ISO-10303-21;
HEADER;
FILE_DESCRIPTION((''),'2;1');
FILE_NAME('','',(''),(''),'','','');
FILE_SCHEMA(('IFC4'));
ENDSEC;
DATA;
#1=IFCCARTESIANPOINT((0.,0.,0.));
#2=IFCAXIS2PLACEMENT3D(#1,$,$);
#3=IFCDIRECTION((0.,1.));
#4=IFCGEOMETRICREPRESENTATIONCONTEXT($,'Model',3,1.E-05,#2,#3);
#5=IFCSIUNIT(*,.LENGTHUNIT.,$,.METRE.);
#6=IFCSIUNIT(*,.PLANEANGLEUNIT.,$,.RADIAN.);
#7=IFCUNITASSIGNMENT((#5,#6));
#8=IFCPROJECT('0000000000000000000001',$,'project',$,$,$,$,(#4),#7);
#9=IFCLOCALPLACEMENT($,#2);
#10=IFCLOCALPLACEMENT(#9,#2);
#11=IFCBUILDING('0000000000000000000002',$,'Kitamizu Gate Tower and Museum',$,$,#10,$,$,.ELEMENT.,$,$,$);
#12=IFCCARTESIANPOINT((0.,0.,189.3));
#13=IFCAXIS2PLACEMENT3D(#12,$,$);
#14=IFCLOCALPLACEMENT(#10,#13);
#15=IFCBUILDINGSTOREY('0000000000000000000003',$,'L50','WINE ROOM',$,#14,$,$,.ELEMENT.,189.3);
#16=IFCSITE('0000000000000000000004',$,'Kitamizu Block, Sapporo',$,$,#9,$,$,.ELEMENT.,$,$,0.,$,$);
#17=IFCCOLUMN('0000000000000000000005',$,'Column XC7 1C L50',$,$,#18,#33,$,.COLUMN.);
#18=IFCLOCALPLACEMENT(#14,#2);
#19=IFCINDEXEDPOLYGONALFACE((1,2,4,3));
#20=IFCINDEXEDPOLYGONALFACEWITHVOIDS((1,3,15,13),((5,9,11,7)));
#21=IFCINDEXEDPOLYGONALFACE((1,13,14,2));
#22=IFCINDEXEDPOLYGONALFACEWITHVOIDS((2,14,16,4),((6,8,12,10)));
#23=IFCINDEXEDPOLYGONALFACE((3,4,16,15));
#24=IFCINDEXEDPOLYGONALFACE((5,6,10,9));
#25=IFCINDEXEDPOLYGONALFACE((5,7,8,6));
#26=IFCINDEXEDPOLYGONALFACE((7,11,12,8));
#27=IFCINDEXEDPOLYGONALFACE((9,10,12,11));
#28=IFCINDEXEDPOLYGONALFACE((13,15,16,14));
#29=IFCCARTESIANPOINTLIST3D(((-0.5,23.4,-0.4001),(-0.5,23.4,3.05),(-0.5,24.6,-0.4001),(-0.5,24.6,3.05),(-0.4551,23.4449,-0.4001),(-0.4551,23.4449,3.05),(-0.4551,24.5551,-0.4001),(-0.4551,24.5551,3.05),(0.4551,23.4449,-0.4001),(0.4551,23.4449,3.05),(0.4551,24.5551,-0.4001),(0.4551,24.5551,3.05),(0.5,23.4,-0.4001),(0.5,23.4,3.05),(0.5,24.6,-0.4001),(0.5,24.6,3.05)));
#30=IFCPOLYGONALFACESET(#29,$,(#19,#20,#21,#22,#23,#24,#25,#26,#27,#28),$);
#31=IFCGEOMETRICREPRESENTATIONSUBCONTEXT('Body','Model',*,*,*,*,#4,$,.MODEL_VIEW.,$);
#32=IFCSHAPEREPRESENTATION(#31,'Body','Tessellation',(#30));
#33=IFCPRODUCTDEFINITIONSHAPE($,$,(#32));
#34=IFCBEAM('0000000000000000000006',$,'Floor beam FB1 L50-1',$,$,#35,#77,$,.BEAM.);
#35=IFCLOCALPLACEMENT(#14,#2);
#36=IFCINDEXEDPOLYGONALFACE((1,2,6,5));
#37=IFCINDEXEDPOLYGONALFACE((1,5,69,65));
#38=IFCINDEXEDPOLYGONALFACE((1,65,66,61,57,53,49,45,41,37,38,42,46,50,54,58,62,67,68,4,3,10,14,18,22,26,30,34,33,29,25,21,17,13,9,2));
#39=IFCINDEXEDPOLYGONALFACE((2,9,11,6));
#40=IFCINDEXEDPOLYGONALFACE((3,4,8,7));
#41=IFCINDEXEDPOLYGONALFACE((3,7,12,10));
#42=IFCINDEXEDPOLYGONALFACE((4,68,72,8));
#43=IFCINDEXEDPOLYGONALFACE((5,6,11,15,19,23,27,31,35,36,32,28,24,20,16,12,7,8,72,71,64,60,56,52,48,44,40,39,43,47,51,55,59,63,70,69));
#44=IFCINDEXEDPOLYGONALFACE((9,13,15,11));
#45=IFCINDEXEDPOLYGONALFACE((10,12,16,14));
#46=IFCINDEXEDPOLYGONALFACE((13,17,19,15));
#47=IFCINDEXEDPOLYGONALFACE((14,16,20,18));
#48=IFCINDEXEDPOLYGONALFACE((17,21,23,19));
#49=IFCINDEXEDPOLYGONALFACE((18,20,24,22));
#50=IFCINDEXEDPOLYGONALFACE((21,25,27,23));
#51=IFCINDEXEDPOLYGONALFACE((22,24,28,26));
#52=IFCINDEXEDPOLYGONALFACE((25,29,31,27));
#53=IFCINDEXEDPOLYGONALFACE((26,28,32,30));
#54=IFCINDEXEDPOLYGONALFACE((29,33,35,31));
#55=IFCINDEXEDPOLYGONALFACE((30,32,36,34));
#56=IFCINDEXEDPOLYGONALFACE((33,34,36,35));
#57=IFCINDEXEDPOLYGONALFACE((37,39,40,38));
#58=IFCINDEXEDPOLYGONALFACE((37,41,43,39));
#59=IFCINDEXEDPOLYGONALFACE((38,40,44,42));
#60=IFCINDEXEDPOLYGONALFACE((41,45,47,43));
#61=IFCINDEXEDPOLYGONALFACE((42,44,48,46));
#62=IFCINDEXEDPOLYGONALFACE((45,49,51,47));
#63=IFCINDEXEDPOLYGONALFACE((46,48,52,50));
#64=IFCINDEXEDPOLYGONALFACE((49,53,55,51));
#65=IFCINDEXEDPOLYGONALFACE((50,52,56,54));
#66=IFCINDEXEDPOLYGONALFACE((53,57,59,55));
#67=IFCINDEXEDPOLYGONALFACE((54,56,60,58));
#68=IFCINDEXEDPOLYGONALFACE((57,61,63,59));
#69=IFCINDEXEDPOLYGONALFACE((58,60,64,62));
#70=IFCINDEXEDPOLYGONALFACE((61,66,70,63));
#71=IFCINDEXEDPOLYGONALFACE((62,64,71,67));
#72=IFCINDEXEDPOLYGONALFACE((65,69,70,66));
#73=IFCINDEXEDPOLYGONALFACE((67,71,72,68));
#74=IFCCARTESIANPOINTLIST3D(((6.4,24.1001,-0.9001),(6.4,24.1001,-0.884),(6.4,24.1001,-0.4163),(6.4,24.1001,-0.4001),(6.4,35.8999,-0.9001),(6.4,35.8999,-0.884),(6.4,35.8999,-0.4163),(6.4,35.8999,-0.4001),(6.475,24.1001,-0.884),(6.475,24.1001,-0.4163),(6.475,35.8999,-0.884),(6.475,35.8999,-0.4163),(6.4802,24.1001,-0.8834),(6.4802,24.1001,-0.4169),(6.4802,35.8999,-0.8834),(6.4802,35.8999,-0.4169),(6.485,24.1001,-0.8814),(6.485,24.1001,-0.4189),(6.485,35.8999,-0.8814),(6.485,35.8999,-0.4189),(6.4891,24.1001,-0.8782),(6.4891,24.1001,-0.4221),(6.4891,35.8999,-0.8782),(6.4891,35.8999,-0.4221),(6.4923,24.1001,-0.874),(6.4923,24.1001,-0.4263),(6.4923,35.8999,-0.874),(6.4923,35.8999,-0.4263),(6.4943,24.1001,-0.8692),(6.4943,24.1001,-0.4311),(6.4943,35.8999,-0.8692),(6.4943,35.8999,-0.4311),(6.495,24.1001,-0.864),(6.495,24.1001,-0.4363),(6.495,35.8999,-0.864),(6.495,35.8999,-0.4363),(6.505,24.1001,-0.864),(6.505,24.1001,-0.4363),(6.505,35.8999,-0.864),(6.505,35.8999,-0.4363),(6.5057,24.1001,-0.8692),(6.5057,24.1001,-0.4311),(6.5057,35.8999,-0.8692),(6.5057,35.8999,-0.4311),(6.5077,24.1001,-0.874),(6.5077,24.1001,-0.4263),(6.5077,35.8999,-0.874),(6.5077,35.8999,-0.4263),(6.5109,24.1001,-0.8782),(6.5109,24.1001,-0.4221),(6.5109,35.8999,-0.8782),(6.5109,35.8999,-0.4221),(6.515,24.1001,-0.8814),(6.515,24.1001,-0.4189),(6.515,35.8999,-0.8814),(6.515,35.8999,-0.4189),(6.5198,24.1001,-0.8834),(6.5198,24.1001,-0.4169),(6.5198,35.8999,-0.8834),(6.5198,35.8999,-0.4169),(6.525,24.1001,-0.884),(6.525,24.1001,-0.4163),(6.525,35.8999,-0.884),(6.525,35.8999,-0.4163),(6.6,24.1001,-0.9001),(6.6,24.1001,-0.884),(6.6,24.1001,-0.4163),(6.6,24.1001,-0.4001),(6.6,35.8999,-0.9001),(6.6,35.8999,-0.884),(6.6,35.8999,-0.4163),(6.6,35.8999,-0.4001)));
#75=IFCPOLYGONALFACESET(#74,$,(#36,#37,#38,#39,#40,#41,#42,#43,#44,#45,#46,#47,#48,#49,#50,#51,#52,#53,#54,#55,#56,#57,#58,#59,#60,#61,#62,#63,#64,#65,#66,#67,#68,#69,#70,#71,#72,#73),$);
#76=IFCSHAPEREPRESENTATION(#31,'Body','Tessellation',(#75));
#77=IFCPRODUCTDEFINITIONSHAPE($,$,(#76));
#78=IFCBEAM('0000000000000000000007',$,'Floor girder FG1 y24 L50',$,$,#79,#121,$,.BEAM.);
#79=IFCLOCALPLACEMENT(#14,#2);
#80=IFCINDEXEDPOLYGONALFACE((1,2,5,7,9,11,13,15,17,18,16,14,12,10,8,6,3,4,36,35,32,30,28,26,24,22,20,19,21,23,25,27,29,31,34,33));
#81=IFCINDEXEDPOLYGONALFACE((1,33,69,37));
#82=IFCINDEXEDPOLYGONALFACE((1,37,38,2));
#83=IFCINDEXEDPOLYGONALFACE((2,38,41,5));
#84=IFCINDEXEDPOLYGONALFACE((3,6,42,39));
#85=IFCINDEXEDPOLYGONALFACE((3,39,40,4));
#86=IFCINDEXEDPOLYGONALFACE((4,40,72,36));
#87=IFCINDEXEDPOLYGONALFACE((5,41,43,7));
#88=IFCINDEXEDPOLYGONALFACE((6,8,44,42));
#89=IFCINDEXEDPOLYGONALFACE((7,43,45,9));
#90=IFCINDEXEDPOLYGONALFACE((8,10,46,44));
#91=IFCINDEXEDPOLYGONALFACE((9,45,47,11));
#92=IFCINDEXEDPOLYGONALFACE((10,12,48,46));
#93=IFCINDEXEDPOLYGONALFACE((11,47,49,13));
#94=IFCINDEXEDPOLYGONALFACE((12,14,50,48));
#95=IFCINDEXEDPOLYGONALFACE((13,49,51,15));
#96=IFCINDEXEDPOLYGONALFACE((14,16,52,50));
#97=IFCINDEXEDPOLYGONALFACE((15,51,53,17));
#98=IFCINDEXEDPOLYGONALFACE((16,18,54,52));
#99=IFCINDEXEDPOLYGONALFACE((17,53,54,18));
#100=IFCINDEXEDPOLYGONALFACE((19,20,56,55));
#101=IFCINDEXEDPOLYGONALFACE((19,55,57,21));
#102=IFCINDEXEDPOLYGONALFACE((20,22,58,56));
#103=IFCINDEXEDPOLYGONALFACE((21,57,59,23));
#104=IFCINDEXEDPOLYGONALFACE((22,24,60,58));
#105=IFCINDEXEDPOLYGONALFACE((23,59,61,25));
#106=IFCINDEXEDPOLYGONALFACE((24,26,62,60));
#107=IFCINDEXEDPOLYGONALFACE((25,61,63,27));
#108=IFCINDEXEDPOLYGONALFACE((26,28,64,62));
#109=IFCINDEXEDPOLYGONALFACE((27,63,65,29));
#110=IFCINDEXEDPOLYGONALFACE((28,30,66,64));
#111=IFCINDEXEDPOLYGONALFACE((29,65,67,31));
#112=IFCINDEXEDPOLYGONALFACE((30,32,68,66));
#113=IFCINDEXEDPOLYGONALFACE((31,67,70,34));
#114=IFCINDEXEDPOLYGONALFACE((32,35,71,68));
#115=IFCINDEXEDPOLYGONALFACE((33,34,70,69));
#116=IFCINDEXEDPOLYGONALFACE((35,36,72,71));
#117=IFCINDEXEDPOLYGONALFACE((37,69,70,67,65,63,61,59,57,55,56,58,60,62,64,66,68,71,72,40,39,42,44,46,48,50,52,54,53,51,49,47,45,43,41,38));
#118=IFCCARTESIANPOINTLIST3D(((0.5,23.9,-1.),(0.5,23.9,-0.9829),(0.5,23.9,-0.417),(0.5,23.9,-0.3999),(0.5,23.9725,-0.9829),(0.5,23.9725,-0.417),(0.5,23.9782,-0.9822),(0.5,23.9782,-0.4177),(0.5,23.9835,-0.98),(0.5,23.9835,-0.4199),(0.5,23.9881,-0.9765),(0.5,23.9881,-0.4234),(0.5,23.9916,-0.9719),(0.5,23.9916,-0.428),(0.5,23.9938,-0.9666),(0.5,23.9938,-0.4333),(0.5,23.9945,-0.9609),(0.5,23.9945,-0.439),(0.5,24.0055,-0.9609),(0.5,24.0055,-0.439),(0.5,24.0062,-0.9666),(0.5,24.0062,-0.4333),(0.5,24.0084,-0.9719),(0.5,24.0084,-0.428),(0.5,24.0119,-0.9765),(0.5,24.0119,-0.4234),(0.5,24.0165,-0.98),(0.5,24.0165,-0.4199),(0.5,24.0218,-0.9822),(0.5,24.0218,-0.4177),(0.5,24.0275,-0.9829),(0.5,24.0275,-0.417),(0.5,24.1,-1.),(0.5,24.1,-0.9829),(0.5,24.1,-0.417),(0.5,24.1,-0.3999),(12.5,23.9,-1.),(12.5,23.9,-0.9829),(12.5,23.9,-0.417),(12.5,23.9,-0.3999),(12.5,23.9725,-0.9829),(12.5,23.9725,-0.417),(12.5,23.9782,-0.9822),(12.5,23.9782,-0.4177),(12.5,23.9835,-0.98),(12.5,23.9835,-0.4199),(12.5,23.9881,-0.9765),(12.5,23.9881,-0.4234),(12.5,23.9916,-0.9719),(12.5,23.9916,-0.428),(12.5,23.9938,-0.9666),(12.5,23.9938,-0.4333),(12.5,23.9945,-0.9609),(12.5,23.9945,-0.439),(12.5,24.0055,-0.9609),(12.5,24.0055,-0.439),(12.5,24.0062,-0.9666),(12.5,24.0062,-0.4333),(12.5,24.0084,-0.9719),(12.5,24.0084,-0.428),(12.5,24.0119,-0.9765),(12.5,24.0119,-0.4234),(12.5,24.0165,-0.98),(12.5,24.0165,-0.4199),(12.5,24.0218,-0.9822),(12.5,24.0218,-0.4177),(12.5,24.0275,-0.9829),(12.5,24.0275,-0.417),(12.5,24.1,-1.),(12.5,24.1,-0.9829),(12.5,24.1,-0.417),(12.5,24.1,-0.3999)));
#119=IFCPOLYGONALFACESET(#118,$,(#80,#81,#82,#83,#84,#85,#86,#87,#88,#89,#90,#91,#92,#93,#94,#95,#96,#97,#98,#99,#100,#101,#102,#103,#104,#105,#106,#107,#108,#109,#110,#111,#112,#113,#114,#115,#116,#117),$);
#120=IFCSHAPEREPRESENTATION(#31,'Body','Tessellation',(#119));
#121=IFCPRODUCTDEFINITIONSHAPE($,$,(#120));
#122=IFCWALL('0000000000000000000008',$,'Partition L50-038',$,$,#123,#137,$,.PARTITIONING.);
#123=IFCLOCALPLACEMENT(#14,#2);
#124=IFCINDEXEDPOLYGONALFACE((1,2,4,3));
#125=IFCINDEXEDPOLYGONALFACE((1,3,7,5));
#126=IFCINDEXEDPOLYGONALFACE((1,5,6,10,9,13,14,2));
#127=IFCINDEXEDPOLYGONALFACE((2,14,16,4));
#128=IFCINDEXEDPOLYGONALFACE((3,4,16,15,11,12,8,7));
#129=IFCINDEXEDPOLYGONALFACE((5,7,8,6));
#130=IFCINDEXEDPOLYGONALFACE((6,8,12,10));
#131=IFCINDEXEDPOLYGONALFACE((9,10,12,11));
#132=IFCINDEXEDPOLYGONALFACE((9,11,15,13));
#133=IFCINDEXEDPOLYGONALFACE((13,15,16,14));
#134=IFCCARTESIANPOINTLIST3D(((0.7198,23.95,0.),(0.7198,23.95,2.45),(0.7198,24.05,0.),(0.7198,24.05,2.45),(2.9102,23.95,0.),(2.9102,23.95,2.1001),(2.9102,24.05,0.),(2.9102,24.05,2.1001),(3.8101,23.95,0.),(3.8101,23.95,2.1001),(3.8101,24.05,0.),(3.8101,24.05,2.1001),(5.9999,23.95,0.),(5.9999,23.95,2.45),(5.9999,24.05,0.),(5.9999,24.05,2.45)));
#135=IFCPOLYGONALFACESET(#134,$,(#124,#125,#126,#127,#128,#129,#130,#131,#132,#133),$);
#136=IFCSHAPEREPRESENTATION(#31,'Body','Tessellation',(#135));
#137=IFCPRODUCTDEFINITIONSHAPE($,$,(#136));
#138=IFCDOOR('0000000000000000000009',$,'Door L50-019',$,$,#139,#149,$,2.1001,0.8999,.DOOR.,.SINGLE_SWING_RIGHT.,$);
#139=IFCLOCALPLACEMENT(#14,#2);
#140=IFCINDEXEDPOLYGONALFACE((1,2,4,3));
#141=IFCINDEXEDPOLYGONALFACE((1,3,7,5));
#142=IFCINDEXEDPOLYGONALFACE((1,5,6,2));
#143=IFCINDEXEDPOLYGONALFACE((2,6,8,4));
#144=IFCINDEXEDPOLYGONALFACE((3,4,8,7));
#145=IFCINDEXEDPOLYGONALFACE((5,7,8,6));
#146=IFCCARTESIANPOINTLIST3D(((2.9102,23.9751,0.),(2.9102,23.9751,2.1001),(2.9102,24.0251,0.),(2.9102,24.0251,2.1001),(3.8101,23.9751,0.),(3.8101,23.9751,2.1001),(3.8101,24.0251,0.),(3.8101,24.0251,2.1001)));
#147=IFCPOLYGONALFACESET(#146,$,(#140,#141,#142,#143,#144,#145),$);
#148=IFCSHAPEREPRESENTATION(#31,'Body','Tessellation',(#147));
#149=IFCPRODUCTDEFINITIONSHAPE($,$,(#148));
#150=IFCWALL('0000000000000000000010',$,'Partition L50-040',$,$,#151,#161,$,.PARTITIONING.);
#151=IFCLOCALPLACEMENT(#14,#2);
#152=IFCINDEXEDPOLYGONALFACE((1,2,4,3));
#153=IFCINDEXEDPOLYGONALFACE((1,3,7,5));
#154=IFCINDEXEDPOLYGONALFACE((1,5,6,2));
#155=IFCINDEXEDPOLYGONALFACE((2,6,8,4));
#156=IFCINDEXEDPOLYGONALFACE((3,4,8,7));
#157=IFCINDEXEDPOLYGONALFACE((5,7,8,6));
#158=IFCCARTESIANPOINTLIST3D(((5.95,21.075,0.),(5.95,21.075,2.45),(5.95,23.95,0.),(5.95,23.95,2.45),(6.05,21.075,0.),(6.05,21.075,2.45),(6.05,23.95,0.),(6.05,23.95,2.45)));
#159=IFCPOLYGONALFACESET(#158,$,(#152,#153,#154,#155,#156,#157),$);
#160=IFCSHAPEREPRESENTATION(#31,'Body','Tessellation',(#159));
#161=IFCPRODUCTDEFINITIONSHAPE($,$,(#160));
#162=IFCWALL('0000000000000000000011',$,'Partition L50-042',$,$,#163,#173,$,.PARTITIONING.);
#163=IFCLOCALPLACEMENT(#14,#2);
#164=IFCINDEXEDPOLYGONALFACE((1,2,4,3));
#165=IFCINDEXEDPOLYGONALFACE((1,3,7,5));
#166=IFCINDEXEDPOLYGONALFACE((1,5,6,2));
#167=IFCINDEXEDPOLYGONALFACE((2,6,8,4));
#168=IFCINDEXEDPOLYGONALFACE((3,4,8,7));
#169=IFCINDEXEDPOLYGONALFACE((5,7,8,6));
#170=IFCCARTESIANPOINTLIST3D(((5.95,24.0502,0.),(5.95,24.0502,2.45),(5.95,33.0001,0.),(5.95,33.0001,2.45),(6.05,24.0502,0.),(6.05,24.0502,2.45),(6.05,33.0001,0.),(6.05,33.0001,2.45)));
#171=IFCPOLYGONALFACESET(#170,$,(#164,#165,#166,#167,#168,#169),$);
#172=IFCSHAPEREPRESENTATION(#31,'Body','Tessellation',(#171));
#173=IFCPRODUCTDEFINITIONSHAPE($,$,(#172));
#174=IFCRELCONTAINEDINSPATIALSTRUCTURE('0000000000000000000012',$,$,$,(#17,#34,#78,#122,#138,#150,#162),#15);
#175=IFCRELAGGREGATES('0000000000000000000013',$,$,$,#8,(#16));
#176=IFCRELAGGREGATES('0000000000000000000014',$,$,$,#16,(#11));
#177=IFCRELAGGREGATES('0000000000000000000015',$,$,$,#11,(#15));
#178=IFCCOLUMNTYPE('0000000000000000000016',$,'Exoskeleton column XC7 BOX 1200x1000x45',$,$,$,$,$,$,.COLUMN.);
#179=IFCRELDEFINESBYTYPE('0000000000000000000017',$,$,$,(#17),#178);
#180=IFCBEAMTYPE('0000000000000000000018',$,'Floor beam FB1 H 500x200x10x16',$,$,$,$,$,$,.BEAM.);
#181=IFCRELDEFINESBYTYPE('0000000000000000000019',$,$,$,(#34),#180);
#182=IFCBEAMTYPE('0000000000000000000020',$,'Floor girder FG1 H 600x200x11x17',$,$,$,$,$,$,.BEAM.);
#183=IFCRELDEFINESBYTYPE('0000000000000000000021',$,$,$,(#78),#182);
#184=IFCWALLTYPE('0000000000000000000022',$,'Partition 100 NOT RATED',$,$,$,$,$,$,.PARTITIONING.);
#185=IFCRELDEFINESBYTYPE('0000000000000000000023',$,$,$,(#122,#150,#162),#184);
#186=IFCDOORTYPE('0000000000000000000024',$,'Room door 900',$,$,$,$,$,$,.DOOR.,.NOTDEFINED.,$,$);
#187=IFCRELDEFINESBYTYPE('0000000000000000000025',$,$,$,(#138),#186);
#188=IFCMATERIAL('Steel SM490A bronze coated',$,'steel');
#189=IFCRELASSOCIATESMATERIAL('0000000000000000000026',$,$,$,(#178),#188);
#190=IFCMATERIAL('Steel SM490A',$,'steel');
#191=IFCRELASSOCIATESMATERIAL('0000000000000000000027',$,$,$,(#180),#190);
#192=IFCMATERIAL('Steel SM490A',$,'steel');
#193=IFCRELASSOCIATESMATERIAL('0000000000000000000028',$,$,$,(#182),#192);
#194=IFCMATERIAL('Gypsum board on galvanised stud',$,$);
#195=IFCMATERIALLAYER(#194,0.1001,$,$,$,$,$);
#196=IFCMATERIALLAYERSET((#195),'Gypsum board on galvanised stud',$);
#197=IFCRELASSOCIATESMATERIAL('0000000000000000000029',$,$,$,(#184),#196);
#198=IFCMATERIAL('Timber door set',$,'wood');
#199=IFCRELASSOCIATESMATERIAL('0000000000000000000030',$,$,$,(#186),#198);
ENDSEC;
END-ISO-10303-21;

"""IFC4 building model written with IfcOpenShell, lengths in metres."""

from ifc_helpers import new_model, si_unit, direction, frame, frame_2d, origin, origin_2d, place, context, subcontext, project, spatial, rectangle, hollow_rectangle, i_section, extrude, material, layer, layer_set, material_profile, profile_set, type_object, element, fill, save


model = new_model("IFC4")

# Units and contexts
model_context = context("Model", 3, precision=1e-05, world=origin(), true_north=direction((0.0, 1.0)))
body_context = subcontext(model_context, "Body", "Model", "MODEL_VIEW")
ifc_project = project(units=[si_unit("LENGTHUNIT", "METRE"), si_unit("PLANEANGLEUNIT", "RADIAN")], contexts=[model_context])

# Site, building, storey
site_placement = place(None, origin())
site = spatial("IfcSite", under=ifc_project, at=site_placement, Name="Kitamizu Block, Sapporo", CompositionType="ELEMENT", RefElevation=0.0)
building_placement = place(site_placement, origin())
building = spatial("IfcBuilding", under=site, at=building_placement, Name="Kitamizu Gate Tower and Museum", CompositionType="ELEMENT")
storey_placement = place(building_placement, frame((0.0, 0.0, 189.3)))
storey = spatial("IfcBuildingStorey", under=building, at=storey_placement, Name="L50", Description="WINE ROOM", CompositionType="ELEMENT", Elevation=189.3)

# Column
ifc_material_1 = material(Name="Steel SM490A bronze coated", Category="steel")
ifc_material_profile_1 = material_profile(ifc_material_1, hollow_rectangle(XDim=1.2, YDim=1.0, WallThickness=0.0449, at=origin_2d()), Name="BOX 1200x1000x45")
ifc_profile_set_1 = profile_set([ifc_material_profile_1], Name="Steel SM490A bronze coated")
column_type = type_object("IfcColumnType", Name="Exoskeleton column XC7 BOX 1200x1000x45", PredefinedType="COLUMN", material=ifc_profile_set_1)
column_placement = place(storey_placement, frame((0.0, 24.0, -0.4001), z_axis=(0.0, 0.0, 1.0), x_axis=(0.0, 1.0, 0.0)))
element("IfcColumn", 1, at=column_placement, inside=storey, type_object=column_type, Name="Column XC7 1C L50", PredefinedType="COLUMN", context=body_context, shape_type="SweptSolid", body=[
    extrude(hollow_rectangle(XDim=1.2, YDim=1.0, WallThickness=0.0449, at=origin_2d()), origin(), (0.0, 0.0, 1.0), 3.4502),
])

# Beams
ifc_material_2 = material(Name="Steel SM490A", Category="steel")
ifc_material_profile_2 = material_profile(ifc_material_2, i_section(OverallWidth=0.2, OverallDepth=0.5, WebThickness=0.01, FlangeThickness=0.0161, FilletRadius=0.02, at=origin_2d()), Name="H-500x200x10x16")
ifc_profile_set_2 = profile_set([ifc_material_profile_2], Name="Steel SM490A")
beam_type_1 = type_object("IfcBeamType", Name="Floor beam FB1 H 500x200x10x16", PredefinedType="BEAM", material=ifc_profile_set_2)
beam_1_placement = place(storey_placement, frame((6.5, 24.1001, -0.6501), z_axis=(0.0, 1.0, 0.0), x_axis=(-1.0, 0.0, 0.0)))
element("IfcBeam", 2, at=beam_1_placement, inside=storey, type_object=beam_type_1, Name="Floor beam FB1 L50-1", PredefinedType="BEAM", context=body_context, shape_type="SweptSolid", body=[
    extrude(i_section(OverallWidth=0.2, OverallDepth=0.5, WebThickness=0.01, FlangeThickness=0.0161, FilletRadius=0.02, at=origin_2d()), origin(), (0.0, 0.0, 1.0), 11.7998),
])
ifc_material_3 = material(Name="Steel SM490A", Category="steel")
ifc_material_profile_3 = material_profile(ifc_material_3, i_section(OverallWidth=0.2, OverallDepth=0.6001, WebThickness=0.011, FlangeThickness=0.0171, FilletRadius=0.022, at=origin_2d()), Name="H-600x200x11x17")
ifc_profile_set_3 = profile_set([ifc_material_profile_3], Name="Steel SM490A")
beam_type_2 = type_object("IfcBeamType", Name="Floor girder FG1 H 600x200x11x17", PredefinedType="BEAM", material=ifc_profile_set_3)
beam_2_placement = place(storey_placement, frame((0.5, 24.0, -0.7), z_axis=(1.0, 0.0, 0.0), x_axis=(0.0, 1.0, 0.0)))
element("IfcBeam", 3, at=beam_2_placement, inside=storey, type_object=beam_type_2, Name="Floor girder FG1 y24 L50", PredefinedType="BEAM", context=body_context, shape_type="SweptSolid", body=[
    extrude(i_section(OverallWidth=0.2, OverallDepth=0.6001, WebThickness=0.011, FlangeThickness=0.0171, FilletRadius=0.022, at=origin_2d()), origin(), (0.0, 0.0, 1.0), 12.0),
])

# Wall, opening, door
ifc_material_4 = material(Name="Gypsum board on galvanised stud")
ifc_layer_1 = layer(ifc_material_4, 0.1001)
ifc_layer_set_1 = layer_set([ifc_layer_1], Name="Gypsum board on galvanised stud")
wall_type_1 = type_object("IfcWallType", Name="Partition 100 NOT RATED", PredefinedType="PARTITIONING", material=ifc_layer_set_1)
wall_1_placement = place(storey_placement, frame((6.0, 24.0, 0.0), z_axis=(0.0, 0.0, 1.0), x_axis=(-1.0, 0.0, 0.0)))
wall_1 = element("IfcWall", 4, at=wall_1_placement, inside=storey, type_object=wall_type_1, Name="Partition L50-038", PredefinedType="PARTITIONING", context=body_context, shape_type="SweptSolid", body=[
    extrude(rectangle(XDim=5.28, YDim=0.1001, at=frame_2d((2.6401, 0.0))), origin(), (0.0, 0.0, 1.0), 2.45),
])
opening_1_placement = place(wall_1_placement, frame((2.1899, 0.0, 0.0)))
opening_1 = element("IfcOpeningElement", 5, at=opening_1_placement, cuts=wall_1, PredefinedType="OPENING", context=body_context, shape_type="SweptSolid", body=[
    extrude(rectangle(XDim=0.8999, YDim=2.1001, at=frame_2d((0.45, 1.05))), frame((0.0, 0.0601, 0.0), z_axis=(0.0, -1.0, 0.0), x_axis=(1.0, 0.0, 0.0)), (0.0, 0.0, 1.0), 0.1201),
])
ifc_material_5 = material(Name="Timber door set", Category="wood")
door_type_1 = type_object("IfcDoorType", Name="Room door 900", OperationType="NOTDEFINED", PredefinedType="DOOR", material=ifc_material_5)
door_1_placement = place(opening_1_placement, origin())
door_1 = element("IfcDoor", 6, at=door_1_placement, inside=storey, type_object=door_type_1, Name="Door L50-019", OperationType="SINGLE_SWING_RIGHT", OverallHeight=2.1001, OverallWidth=0.8999, PredefinedType="DOOR", context=body_context, shape_type="SweptSolid", body=[
    extrude(rectangle(XDim=0.8999, YDim=2.1001, at=frame_2d((0.45, 1.05))), frame((0.0, 0.0249, 0.0), z_axis=(0.0, -1.0, 0.0), x_axis=(1.0, 0.0, 0.0)), (0.0, 0.0, 1.0), 0.05),
])
fill(opening_1, door_1)

# Walls
wall_2_placement = place(storey_placement, frame((6.0, 21.075, 0.0), z_axis=(0.0, 0.0, 1.0), x_axis=(0.0, 1.0, 0.0)))
element("IfcWall", 7, at=wall_2_placement, inside=storey, type_object=wall_type_1, Name="Partition L50-040", PredefinedType="PARTITIONING", context=body_context, shape_type="SweptSolid", body=[
    extrude(rectangle(XDim=2.875, YDim=0.1001, at=frame_2d((1.4375, 0.0))), origin(), (0.0, 0.0, 1.0), 2.45),
])
wall_3_placement = place(storey_placement, frame((6.0, 24.05, 0.0), z_axis=(0.0, 0.0, 1.0), x_axis=(0.0, 1.0, 0.0)))
element("IfcWall", 8, at=wall_3_placement, inside=storey, type_object=wall_type_1, Name="Partition L50-042", PredefinedType="PARTITIONING", context=body_context, shape_type="SweptSolid", body=[
    extrude(rectangle(XDim=8.95, YDim=0.1001, at=frame_2d((4.4751, 0.0))), origin(), (0.0, 0.0, 1.0), 2.45),
])

save(model, "model.ifc")
